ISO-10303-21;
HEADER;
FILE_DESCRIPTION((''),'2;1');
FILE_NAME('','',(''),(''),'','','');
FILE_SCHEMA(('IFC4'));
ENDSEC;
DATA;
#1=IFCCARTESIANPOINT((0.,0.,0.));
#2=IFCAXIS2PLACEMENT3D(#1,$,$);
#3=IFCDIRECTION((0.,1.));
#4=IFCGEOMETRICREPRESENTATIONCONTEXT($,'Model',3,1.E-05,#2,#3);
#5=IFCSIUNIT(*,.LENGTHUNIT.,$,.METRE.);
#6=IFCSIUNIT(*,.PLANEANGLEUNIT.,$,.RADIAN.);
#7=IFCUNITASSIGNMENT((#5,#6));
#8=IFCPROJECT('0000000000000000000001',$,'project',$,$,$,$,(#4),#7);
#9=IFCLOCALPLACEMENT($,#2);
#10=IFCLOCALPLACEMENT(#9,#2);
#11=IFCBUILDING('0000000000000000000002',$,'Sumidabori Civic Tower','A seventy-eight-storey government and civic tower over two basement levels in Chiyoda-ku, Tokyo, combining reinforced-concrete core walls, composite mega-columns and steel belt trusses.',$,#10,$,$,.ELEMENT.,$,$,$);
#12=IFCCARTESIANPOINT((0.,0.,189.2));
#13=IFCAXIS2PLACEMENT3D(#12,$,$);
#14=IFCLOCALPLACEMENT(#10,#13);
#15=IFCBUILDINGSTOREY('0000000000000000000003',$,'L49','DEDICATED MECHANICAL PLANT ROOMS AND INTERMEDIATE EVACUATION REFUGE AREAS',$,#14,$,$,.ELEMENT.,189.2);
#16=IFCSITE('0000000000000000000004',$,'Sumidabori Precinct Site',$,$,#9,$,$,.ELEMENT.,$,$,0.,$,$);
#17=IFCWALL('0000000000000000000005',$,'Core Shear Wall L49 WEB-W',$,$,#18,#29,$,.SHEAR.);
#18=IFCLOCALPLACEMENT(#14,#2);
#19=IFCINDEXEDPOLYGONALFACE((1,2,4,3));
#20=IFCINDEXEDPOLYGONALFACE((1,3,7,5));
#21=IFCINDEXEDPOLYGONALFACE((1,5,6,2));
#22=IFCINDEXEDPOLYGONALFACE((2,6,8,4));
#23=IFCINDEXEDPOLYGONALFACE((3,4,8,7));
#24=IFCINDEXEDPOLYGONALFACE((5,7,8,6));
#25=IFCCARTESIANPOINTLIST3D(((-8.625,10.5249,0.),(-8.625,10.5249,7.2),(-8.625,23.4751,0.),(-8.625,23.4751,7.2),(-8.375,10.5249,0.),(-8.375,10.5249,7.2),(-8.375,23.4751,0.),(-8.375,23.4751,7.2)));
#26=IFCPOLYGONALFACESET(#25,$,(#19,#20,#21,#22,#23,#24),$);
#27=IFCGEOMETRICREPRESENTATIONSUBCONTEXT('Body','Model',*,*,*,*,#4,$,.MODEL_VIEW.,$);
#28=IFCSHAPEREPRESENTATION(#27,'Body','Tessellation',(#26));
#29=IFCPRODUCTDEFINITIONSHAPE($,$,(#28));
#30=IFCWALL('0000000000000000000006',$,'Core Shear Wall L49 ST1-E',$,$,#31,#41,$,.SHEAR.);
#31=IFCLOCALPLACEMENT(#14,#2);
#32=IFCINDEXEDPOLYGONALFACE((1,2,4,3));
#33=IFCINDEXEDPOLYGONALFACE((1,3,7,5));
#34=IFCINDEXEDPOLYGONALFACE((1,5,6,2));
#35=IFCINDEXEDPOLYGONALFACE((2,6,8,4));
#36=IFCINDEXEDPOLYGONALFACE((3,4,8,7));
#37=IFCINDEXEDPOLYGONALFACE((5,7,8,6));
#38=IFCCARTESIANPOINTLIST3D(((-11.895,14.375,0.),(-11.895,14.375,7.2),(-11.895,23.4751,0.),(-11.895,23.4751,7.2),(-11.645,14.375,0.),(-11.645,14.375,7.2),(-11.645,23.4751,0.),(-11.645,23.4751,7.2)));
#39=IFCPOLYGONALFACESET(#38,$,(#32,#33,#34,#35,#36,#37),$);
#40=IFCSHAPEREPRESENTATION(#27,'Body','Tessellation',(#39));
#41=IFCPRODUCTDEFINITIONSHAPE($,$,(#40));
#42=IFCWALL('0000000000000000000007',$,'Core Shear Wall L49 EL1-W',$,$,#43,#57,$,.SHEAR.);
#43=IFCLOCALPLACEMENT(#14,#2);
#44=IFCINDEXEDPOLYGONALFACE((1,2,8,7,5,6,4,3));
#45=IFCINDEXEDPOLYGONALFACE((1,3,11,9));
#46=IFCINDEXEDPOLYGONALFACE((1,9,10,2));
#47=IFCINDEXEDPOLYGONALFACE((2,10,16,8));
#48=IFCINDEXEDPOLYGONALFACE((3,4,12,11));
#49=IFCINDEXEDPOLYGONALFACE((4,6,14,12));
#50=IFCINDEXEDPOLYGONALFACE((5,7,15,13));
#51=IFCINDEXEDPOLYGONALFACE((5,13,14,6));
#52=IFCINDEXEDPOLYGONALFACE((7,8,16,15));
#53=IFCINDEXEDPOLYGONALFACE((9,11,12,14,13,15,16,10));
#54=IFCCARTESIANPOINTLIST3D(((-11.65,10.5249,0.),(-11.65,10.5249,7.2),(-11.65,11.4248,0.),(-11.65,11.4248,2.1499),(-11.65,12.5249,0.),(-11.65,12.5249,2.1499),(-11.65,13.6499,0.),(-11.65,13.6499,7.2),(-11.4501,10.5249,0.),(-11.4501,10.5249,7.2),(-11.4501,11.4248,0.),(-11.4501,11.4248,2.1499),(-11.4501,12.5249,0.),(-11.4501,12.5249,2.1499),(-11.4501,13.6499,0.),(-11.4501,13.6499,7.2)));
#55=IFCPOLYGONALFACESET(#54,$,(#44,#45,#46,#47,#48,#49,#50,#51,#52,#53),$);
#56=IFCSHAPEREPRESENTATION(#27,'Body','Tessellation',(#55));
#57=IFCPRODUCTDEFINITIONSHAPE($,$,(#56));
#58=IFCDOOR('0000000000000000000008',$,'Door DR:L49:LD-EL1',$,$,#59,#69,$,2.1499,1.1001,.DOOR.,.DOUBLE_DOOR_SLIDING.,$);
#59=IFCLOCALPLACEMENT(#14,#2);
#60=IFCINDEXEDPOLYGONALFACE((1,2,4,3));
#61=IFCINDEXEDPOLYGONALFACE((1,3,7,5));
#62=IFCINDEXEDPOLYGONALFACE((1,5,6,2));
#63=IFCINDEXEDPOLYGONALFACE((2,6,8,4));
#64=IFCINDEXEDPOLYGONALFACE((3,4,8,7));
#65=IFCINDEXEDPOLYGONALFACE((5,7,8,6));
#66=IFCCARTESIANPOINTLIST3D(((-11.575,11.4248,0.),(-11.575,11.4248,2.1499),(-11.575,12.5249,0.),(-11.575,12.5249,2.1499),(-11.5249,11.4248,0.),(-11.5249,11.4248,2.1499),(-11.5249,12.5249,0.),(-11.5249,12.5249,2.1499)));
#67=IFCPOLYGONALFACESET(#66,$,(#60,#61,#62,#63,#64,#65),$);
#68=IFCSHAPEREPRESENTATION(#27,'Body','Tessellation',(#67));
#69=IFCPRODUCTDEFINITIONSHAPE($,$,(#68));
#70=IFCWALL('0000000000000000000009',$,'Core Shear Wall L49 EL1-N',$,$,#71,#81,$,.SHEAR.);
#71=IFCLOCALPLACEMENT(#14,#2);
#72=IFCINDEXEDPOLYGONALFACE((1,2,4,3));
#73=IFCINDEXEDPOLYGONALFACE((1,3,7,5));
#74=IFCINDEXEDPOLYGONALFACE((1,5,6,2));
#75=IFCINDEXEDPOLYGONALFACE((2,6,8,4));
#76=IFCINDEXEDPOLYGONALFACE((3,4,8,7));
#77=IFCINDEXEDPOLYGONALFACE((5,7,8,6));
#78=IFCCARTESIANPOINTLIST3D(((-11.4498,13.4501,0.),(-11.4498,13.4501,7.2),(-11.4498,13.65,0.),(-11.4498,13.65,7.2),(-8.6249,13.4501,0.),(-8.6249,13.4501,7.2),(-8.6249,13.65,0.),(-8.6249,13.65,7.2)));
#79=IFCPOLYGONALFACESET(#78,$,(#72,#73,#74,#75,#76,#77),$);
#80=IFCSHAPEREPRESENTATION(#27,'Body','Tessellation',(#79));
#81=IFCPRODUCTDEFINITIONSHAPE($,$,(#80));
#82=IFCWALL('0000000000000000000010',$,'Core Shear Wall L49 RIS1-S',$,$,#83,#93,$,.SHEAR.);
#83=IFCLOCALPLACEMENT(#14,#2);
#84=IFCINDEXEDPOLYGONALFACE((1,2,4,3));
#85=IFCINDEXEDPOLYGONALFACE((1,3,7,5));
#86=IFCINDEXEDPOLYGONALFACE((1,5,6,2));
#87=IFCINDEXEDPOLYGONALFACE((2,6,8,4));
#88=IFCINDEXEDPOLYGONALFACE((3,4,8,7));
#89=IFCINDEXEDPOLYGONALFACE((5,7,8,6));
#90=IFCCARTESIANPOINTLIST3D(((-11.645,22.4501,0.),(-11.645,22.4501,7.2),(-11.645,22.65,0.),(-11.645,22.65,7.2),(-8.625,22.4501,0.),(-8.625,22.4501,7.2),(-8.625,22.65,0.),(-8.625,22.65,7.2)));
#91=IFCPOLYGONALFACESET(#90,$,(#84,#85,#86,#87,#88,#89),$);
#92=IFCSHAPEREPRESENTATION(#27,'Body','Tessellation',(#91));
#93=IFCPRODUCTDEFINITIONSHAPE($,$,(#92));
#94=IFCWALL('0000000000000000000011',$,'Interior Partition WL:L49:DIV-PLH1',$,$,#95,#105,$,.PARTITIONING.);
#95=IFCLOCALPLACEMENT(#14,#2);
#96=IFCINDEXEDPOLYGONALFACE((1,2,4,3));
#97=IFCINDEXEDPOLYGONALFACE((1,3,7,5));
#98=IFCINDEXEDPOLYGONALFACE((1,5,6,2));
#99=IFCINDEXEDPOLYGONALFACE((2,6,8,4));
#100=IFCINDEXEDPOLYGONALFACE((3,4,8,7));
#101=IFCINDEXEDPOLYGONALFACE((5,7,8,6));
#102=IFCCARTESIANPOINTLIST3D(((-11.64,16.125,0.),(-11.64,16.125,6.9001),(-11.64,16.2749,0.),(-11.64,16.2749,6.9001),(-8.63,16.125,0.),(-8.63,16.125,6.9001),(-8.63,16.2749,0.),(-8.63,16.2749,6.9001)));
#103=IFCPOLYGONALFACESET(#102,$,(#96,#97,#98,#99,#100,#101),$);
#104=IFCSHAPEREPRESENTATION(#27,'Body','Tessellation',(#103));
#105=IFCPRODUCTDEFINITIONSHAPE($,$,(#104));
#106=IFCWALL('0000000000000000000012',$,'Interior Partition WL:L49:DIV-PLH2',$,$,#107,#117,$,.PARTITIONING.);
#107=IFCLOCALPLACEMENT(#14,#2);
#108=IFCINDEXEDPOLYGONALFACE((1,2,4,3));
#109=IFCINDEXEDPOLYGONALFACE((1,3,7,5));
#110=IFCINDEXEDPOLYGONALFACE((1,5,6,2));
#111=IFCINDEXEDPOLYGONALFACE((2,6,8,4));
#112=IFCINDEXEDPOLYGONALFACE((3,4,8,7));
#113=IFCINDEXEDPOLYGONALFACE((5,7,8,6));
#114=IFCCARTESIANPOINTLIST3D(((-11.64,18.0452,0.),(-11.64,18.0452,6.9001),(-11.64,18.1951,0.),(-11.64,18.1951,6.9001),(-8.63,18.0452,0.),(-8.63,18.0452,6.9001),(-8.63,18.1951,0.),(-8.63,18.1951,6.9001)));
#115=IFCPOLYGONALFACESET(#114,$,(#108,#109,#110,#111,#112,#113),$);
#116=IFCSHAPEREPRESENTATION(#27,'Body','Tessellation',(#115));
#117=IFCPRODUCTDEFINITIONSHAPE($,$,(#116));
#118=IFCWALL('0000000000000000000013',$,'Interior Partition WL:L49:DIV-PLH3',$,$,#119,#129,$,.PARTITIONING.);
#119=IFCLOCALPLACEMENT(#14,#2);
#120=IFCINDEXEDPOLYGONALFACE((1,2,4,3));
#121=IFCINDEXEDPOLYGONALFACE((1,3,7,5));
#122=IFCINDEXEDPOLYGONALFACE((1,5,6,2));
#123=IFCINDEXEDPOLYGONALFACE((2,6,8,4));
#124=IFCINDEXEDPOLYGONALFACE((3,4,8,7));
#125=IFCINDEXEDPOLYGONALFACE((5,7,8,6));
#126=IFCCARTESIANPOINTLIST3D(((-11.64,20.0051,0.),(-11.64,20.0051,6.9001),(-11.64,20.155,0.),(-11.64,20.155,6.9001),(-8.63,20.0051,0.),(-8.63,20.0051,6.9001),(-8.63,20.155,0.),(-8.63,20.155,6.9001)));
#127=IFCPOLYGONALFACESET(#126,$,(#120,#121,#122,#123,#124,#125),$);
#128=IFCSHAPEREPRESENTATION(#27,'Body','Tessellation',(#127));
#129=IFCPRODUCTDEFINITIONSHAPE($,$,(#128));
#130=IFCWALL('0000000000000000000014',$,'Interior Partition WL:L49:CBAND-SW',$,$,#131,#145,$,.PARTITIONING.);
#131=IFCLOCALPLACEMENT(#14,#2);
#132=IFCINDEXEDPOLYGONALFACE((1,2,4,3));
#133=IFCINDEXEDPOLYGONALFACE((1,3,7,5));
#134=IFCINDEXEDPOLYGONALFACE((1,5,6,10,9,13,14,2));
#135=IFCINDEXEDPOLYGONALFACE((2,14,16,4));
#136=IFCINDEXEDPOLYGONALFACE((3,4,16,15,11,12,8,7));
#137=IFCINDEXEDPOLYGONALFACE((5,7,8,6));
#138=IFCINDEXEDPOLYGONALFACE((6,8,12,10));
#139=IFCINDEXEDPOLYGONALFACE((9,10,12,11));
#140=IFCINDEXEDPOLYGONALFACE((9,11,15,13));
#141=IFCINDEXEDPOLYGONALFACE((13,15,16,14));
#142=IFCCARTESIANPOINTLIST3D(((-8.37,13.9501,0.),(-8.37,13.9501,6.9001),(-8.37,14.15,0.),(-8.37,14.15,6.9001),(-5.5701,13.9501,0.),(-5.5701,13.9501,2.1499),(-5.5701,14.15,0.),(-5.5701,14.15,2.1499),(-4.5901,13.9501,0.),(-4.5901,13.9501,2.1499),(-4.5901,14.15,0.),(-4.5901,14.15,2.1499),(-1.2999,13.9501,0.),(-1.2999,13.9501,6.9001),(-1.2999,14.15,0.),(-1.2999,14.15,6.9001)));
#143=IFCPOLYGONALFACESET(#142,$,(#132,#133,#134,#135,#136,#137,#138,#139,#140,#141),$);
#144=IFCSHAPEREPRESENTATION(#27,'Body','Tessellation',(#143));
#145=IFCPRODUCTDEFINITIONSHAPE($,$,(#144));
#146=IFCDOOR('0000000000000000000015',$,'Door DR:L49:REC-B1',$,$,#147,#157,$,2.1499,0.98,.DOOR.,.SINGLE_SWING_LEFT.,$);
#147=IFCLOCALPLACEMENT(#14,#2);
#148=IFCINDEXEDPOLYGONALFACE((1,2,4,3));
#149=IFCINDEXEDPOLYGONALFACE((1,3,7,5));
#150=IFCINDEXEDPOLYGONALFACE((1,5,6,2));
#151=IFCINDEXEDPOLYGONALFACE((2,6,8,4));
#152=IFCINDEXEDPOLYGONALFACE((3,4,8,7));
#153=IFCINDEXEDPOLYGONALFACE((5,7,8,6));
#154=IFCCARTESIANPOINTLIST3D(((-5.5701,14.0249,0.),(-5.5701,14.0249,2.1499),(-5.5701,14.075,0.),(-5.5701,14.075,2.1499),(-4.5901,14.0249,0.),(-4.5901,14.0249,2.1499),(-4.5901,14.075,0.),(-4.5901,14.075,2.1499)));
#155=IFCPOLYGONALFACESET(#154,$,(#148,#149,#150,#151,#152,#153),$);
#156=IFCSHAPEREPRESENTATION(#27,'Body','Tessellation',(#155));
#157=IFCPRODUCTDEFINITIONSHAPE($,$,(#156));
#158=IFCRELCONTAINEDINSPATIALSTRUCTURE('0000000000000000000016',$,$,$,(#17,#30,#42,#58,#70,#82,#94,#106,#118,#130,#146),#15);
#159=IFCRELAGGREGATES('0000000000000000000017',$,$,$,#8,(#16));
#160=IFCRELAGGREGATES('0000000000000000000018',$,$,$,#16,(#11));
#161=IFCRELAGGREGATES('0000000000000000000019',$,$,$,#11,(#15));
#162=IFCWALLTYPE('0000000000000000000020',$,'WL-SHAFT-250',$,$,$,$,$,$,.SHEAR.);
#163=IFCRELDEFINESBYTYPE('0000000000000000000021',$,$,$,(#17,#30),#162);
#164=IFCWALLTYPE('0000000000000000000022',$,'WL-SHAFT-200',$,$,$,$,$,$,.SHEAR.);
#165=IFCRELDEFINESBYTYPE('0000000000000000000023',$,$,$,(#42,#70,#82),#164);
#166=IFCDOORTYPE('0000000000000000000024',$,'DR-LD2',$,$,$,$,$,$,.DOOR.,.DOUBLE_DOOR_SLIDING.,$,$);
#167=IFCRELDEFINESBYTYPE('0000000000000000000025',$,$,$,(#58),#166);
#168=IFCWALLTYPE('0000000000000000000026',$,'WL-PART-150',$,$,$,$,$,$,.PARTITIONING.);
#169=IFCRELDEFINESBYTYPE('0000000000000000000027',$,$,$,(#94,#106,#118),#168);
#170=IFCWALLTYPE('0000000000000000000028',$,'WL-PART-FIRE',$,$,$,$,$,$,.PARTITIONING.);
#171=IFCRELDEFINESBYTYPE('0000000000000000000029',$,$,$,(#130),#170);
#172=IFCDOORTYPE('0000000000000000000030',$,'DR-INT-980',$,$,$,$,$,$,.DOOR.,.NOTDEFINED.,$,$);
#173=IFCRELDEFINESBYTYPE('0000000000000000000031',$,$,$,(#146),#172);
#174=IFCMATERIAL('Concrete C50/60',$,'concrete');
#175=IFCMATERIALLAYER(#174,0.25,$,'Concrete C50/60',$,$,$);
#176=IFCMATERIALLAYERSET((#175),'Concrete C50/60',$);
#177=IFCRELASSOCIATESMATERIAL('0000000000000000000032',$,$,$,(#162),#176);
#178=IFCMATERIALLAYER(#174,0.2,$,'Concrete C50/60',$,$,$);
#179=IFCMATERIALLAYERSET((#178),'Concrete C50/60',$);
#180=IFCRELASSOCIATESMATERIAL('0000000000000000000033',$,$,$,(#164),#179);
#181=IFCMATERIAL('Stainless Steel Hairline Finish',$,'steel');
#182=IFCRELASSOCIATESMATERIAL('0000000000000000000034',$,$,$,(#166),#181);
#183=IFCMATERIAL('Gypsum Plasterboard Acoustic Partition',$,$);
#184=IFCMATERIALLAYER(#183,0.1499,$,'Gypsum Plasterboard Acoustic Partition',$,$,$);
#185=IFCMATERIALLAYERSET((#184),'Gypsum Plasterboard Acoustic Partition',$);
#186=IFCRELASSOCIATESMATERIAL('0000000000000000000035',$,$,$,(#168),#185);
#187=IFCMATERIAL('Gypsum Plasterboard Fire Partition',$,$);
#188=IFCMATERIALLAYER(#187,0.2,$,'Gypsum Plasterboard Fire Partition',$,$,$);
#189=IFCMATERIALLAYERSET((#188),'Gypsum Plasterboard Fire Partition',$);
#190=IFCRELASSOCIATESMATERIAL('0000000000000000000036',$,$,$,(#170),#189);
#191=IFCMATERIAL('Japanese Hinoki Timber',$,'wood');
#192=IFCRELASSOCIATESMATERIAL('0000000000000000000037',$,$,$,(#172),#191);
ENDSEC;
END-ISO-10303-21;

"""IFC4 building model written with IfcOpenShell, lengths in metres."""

from ifc_helpers import new_model, si_unit, direction, frame, frame_2d, origin, place, context, subcontext, project, spatial, rectangle, extrude, source, transform, mapped, material, layer, layer_set, type_object, element, fill, save


model = new_model("IFC4")

# Units and contexts
model_context = context("Model", 3, precision=1e-05, world=origin(), true_north=direction((0.0, 1.0)))
body_context = subcontext(model_context, "Body", "Model", "MODEL_VIEW")
ifc_project = project(units=[si_unit("LENGTHUNIT", "METRE"), si_unit("PLANEANGLEUNIT", "RADIAN")], contexts=[model_context])

# Site, building, storey
site_placement = place(None, origin())
site = spatial("IfcSite", under=ifc_project, at=site_placement, Name="Sumidabori Precinct Site", CompositionType="ELEMENT", RefElevation=0.0)
building_placement = place(site_placement, origin())
building = spatial("IfcBuilding", under=site, at=building_placement, Name="Sumidabori Civic Tower", Description="A seventy-eight-storey government and civic tower over two basement levels in Chiyoda-ku, Tokyo, combining reinforced-concrete core walls, composite mega-columns and steel belt trusses.", CompositionType="ELEMENT")
storey_placement = place(building_placement, frame((0.0, 0.0, 189.2)))
storey = spatial("IfcBuildingStorey", under=building, at=storey_placement, Name="L49", Description="DEDICATED MECHANICAL PLANT ROOMS AND INTERMEDIATE EVACUATION REFUGE AREAS", CompositionType="ELEMENT", Elevation=189.2)

# Walls
ifc_material_1 = material(Name="Concrete C50/60", Category="concrete")
ifc_layer_1 = layer(ifc_material_1, 0.25, Name="Concrete C50/60")
ifc_layer_set_1 = layer_set([ifc_layer_1], Name="Concrete C50/60")
wall_type_1 = type_object("IfcWallType", Name="WL-SHAFT-250", PredefinedType="SHEAR", material=ifc_layer_set_1)
shared_shape_1 = source(origin(), body_context, "Body", "SweptSolid", [
    extrude(rectangle(XDim=12.9502, YDim=0.25, at=frame_2d((6.4751, 0.0))), origin(), (0.0, 0.0, 1.0), 7.2),
])
wall_1_placement = place(storey_placement, frame((-8.5, 10.5249, 0.0), z_axis=(0.0, 0.0, 1.0), x_axis=(0.0, 1.0, 0.0)))
element("IfcWall", 1, at=wall_1_placement, inside=storey, type_object=wall_type_1, Name="Core Shear Wall L49 WEB-W", PredefinedType="SHEAR", context=body_context, shape_type="MappedRepresentation", body=[
    mapped(shared_shape_1, transform((0.0, 0.0, 0.0), x_axis=(1.0, 0.0, 0.0), y_axis=(0.0, 1.0, 0.0), z_axis=(0.0, 0.0, 1.0), scale=1.0)),
])
shared_shape_2 = source(origin(), body_context, "Body", "SweptSolid", [
    extrude(rectangle(XDim=9.1001, YDim=0.25, at=frame_2d((4.55, 0.0))), origin(), (0.0, 0.0, 1.0), 7.2),
])
wall_2_placement = place(storey_placement, frame((-11.77, 14.375, 0.0), z_axis=(0.0, 0.0, 1.0), x_axis=(0.0, 1.0, 0.0)))
element("IfcWall", 2, at=wall_2_placement, inside=storey, type_object=wall_type_1, Name="Core Shear Wall L49 ST1-E", PredefinedType="SHEAR", context=body_context, shape_type="MappedRepresentation", body=[
    mapped(shared_shape_2, transform((0.0, 0.0, 0.0), x_axis=(1.0, 0.0, 0.0), y_axis=(0.0, 1.0, 0.0), z_axis=(0.0, 0.0, 1.0), scale=1.0)),
])

# Wall, opening, door
ifc_layer_2 = layer(ifc_material_1, 0.2, Name="Concrete C50/60")
ifc_layer_set_2 = layer_set([ifc_layer_2], Name="Concrete C50/60")
wall_type_2 = type_object("IfcWallType", Name="WL-SHAFT-200", PredefinedType="SHEAR", material=ifc_layer_set_2)
shared_shape_3 = source(origin(), body_context, "Body", "SweptSolid", [
    extrude(rectangle(XDim=3.125, YDim=0.2, at=frame_2d((1.5625, 0.0))), origin(), (0.0, 0.0, 1.0), 7.2),
])
wall_3_placement = place(storey_placement, frame((-11.55, 10.5249, 0.0), z_axis=(0.0, 0.0, 1.0), x_axis=(0.0, 1.0, 0.0)))
wall_3 = element("IfcWall", 3, at=wall_3_placement, inside=storey, type_object=wall_type_2, Name="Core Shear Wall L49 EL1-W", PredefinedType="SHEAR", context=body_context, shape_type="MappedRepresentation", body=[
    mapped(shared_shape_3, transform((0.0, 0.0, 0.0), x_axis=(1.0, 0.0, 0.0), y_axis=(0.0, 1.0, 0.0), z_axis=(0.0, 0.0, 1.0), scale=1.0)),
])
opening_1_placement = place(wall_3_placement, frame((0.8999, 0.0, 0.0)))
opening_1 = element("IfcOpeningElement", 4, at=opening_1_placement, cuts=wall_3, PredefinedType="OPENING", context=body_context, shape_type="SweptSolid", body=[
    extrude(rectangle(XDim=1.1001, YDim=2.1499, at=frame_2d((0.55, 1.075))), frame((0.0, 0.1118, 0.0), z_axis=(0.0, -1.0, 0.0), x_axis=(1.0, 0.0, 0.0)), (0.0, 0.0, 1.0), 0.2239),
])
ifc_material_2 = material(Name="Stainless Steel Hairline Finish", Category="steel")
door_type_1 = type_object("IfcDoorType", Name="DR-LD2", OperationType="DOUBLE_DOOR_SLIDING", PredefinedType="DOOR", material=ifc_material_2)
shared_shape_4 = source(origin(), body_context, "Body", "SweptSolid", [
    extrude(rectangle(XDim=1.1001, YDim=2.1499, at=frame_2d((0.55, 1.075))), frame((0.0, 0.0249, 0.0), z_axis=(0.0, -1.0, 0.0), x_axis=(1.0, 0.0, 0.0)), (0.0, 0.0, 1.0), 0.05),
])
door_1_placement = place(opening_1_placement, origin())
door_1 = element("IfcDoor", 5, at=door_1_placement, inside=storey, type_object=door_type_1, Name="Door DR:L49:LD-EL1", OperationType="DOUBLE_DOOR_SLIDING", OverallHeight=2.1499, OverallWidth=1.1001, PredefinedType="DOOR", context=body_context, shape_type="MappedRepresentation", body=[
    mapped(shared_shape_4, transform((0.0, 0.0, 0.0), x_axis=(1.0, 0.0, 0.0), y_axis=(0.0, 1.0, 0.0), z_axis=(0.0, 0.0, 1.0), scale=1.0)),
])
fill(opening_1, door_1)

# Walls
shared_shape_5 = source(origin(), body_context, "Body", "SweptSolid", [
    extrude(rectangle(XDim=2.825, YDim=0.2, at=frame_2d((1.4126, 0.0))), origin(), (0.0, 0.0, 1.0), 7.2),
])
wall_4_placement = place(storey_placement, frame((-11.45, 13.55, 0.0), z_axis=(0.0, 0.0, 1.0), x_axis=(1.0, 0.0, 0.0)))
element("IfcWall", 6, at=wall_4_placement, inside=storey, type_object=wall_type_2, Name="Core Shear Wall L49 EL1-N", PredefinedType="SHEAR", context=body_context, shape_type="MappedRepresentation", body=[
    mapped(shared_shape_5, transform((0.0, 0.0, 0.0), x_axis=(1.0, 0.0, 0.0), y_axis=(0.0, 1.0, 0.0), z_axis=(0.0, 0.0, 1.0), scale=1.0)),
])
shared_shape_6 = source(origin(), body_context, "Body", "SweptSolid", [
    extrude(rectangle(XDim=3.02, YDim=0.2, at=frame_2d((1.51, 0.0))), origin(), (0.0, 0.0, 1.0), 7.2),
])
wall_5_placement = place(storey_placement, frame((-11.645, 22.55, 0.0), z_axis=(0.0, 0.0, 1.0), x_axis=(1.0, 0.0, 0.0)))
element("IfcWall", 7, at=wall_5_placement, inside=storey, type_object=wall_type_2, Name="Core Shear Wall L49 RIS1-S", PredefinedType="SHEAR", context=body_context, shape_type="MappedRepresentation", body=[
    mapped(shared_shape_6, transform((0.0, 0.0, 0.0), x_axis=(1.0, 0.0, 0.0), y_axis=(0.0, 1.0, 0.0), z_axis=(0.0, 0.0, 1.0), scale=1.0)),
])
ifc_material_3 = material(Name="Gypsum Plasterboard Acoustic Partition")
ifc_layer_3 = layer(ifc_material_3, 0.1499, Name="Gypsum Plasterboard Acoustic Partition")
ifc_layer_set_3 = layer_set([ifc_layer_3], Name="Gypsum Plasterboard Acoustic Partition")
wall_type_3 = type_object("IfcWallType", Name="WL-PART-150", PredefinedType="PARTITIONING", material=ifc_layer_set_3)
shared_shape_7 = source(origin(), body_context, "Body", "SweptSolid", [
    extrude(rectangle(XDim=3.01, YDim=0.1499, at=frame_2d((1.5049, 0.0))), origin(), (0.0, 0.0, 1.0), 6.9001),
])
for number, where, z_axis, x_axis, name in (
    (8, (-11.6399, 16.2, 0.0), (0.0, 0.0, 1.0), (1.0, 0.0, 0.0), "Interior Partition WL:L49:DIV-PLH1"),
    (9, (-11.6399, 18.1201, 0.0), (0.0, 0.0, 1.0), (1.0, 0.0, 0.0), "Interior Partition WL:L49:DIV-PLH2"),
    (10, (-11.6399, 20.0801, 0.0), (0.0, 0.0, 1.0), (1.0, 0.0, 0.0), "Interior Partition WL:L49:DIV-PLH3"),
):
    element("IfcWall", number, at=place(storey_placement, frame(where, z_axis=z_axis, x_axis=x_axis)), inside=storey, type_object=wall_type_3, Name=name, PredefinedType="PARTITIONING", context=body_context, shape_type="MappedRepresentation", body=[
        mapped(shared_shape_7, transform((0.0, 0.0, 0.0), x_axis=(1.0, 0.0, 0.0), y_axis=(0.0, 1.0, 0.0), z_axis=(0.0, 0.0, 1.0), scale=1.0)),
    ])

# Wall, opening, door
ifc_material_4 = material(Name="Gypsum Plasterboard Fire Partition")
ifc_layer_4 = layer(ifc_material_4, 0.2, Name="Gypsum Plasterboard Fire Partition")
ifc_layer_set_4 = layer_set([ifc_layer_4], Name="Gypsum Plasterboard Fire Partition")
wall_type_4 = type_object("IfcWallType", Name="WL-PART-FIRE", PredefinedType="PARTITIONING", material=ifc_layer_set_4)
shared_shape_8 = source(origin(), body_context, "Body", "SweptSolid", [
    extrude(rectangle(XDim=7.0701, YDim=0.2, at=frame_2d((3.5352, 0.0))), origin(), (0.0, 0.0, 1.0), 6.9001),
])
wall_6_placement = place(storey_placement, frame((-8.3701, 14.05, 0.0), z_axis=(0.0, 0.0, 1.0), x_axis=(1.0, 0.0, 0.0)))
wall_6 = element("IfcWall", 11, at=wall_6_placement, inside=storey, type_object=wall_type_4, Name="Interior Partition WL:L49:CBAND-SW", PredefinedType="PARTITIONING", context=body_context, shape_type="MappedRepresentation", body=[
    mapped(shared_shape_8, transform((0.0, 0.0, 0.0), x_axis=(1.0, 0.0, 0.0), y_axis=(0.0, 1.0, 0.0), z_axis=(0.0, 0.0, 1.0), scale=1.0)),
])
opening_2_placement = place(wall_6_placement, frame((2.8, 0.0, 0.0)))
opening_2 = element("IfcOpeningElement", 12, at=opening_2_placement, cuts=wall_6, PredefinedType="OPENING", context=body_context, shape_type="SweptSolid", body=[
    extrude(rectangle(XDim=0.98, YDim=2.1499, at=frame_2d((0.49, 1.075))), frame((0.0, 0.1118, 0.0), z_axis=(0.0, -1.0, 0.0), x_axis=(1.0, 0.0, 0.0)), (0.0, 0.0, 1.0), 0.2239),
])
ifc_material_5 = material(Name="Japanese Hinoki Timber", Category="wood")
door_type_2 = type_object("IfcDoorType", Name="DR-INT-980", OperationType="NOTDEFINED", PredefinedType="DOOR", material=ifc_material_5)
shared_shape_9 = source(origin(), body_context, "Body", "SweptSolid", [
    extrude(rectangle(XDim=0.98, YDim=2.1499, at=frame_2d((0.49, 1.075))), frame((0.0, 0.0249, 0.0), z_axis=(0.0, -1.0, 0.0), x_axis=(1.0, 0.0, 0.0)), (0.0, 0.0, 1.0), 0.05),
])
door_2_placement = place(opening_2_placement, origin())
door_2 = element("IfcDoor", 13, at=door_2_placement, inside=storey, type_object=door_type_2, Name="Door DR:L49:REC-B1", OperationType="SINGLE_SWING_LEFT", OverallHeight=2.1499, OverallWidth=0.98, PredefinedType="DOOR", context=body_context, shape_type="MappedRepresentation", body=[
    mapped(shared_shape_9, transform((0.0, 0.0, 0.0), x_axis=(1.0, 0.0, 0.0), y_axis=(0.0, 1.0, 0.0), z_axis=(0.0, 0.0, 1.0), scale=1.0)),
])
fill(opening_2, door_2)

save(model, "model.ifc")
